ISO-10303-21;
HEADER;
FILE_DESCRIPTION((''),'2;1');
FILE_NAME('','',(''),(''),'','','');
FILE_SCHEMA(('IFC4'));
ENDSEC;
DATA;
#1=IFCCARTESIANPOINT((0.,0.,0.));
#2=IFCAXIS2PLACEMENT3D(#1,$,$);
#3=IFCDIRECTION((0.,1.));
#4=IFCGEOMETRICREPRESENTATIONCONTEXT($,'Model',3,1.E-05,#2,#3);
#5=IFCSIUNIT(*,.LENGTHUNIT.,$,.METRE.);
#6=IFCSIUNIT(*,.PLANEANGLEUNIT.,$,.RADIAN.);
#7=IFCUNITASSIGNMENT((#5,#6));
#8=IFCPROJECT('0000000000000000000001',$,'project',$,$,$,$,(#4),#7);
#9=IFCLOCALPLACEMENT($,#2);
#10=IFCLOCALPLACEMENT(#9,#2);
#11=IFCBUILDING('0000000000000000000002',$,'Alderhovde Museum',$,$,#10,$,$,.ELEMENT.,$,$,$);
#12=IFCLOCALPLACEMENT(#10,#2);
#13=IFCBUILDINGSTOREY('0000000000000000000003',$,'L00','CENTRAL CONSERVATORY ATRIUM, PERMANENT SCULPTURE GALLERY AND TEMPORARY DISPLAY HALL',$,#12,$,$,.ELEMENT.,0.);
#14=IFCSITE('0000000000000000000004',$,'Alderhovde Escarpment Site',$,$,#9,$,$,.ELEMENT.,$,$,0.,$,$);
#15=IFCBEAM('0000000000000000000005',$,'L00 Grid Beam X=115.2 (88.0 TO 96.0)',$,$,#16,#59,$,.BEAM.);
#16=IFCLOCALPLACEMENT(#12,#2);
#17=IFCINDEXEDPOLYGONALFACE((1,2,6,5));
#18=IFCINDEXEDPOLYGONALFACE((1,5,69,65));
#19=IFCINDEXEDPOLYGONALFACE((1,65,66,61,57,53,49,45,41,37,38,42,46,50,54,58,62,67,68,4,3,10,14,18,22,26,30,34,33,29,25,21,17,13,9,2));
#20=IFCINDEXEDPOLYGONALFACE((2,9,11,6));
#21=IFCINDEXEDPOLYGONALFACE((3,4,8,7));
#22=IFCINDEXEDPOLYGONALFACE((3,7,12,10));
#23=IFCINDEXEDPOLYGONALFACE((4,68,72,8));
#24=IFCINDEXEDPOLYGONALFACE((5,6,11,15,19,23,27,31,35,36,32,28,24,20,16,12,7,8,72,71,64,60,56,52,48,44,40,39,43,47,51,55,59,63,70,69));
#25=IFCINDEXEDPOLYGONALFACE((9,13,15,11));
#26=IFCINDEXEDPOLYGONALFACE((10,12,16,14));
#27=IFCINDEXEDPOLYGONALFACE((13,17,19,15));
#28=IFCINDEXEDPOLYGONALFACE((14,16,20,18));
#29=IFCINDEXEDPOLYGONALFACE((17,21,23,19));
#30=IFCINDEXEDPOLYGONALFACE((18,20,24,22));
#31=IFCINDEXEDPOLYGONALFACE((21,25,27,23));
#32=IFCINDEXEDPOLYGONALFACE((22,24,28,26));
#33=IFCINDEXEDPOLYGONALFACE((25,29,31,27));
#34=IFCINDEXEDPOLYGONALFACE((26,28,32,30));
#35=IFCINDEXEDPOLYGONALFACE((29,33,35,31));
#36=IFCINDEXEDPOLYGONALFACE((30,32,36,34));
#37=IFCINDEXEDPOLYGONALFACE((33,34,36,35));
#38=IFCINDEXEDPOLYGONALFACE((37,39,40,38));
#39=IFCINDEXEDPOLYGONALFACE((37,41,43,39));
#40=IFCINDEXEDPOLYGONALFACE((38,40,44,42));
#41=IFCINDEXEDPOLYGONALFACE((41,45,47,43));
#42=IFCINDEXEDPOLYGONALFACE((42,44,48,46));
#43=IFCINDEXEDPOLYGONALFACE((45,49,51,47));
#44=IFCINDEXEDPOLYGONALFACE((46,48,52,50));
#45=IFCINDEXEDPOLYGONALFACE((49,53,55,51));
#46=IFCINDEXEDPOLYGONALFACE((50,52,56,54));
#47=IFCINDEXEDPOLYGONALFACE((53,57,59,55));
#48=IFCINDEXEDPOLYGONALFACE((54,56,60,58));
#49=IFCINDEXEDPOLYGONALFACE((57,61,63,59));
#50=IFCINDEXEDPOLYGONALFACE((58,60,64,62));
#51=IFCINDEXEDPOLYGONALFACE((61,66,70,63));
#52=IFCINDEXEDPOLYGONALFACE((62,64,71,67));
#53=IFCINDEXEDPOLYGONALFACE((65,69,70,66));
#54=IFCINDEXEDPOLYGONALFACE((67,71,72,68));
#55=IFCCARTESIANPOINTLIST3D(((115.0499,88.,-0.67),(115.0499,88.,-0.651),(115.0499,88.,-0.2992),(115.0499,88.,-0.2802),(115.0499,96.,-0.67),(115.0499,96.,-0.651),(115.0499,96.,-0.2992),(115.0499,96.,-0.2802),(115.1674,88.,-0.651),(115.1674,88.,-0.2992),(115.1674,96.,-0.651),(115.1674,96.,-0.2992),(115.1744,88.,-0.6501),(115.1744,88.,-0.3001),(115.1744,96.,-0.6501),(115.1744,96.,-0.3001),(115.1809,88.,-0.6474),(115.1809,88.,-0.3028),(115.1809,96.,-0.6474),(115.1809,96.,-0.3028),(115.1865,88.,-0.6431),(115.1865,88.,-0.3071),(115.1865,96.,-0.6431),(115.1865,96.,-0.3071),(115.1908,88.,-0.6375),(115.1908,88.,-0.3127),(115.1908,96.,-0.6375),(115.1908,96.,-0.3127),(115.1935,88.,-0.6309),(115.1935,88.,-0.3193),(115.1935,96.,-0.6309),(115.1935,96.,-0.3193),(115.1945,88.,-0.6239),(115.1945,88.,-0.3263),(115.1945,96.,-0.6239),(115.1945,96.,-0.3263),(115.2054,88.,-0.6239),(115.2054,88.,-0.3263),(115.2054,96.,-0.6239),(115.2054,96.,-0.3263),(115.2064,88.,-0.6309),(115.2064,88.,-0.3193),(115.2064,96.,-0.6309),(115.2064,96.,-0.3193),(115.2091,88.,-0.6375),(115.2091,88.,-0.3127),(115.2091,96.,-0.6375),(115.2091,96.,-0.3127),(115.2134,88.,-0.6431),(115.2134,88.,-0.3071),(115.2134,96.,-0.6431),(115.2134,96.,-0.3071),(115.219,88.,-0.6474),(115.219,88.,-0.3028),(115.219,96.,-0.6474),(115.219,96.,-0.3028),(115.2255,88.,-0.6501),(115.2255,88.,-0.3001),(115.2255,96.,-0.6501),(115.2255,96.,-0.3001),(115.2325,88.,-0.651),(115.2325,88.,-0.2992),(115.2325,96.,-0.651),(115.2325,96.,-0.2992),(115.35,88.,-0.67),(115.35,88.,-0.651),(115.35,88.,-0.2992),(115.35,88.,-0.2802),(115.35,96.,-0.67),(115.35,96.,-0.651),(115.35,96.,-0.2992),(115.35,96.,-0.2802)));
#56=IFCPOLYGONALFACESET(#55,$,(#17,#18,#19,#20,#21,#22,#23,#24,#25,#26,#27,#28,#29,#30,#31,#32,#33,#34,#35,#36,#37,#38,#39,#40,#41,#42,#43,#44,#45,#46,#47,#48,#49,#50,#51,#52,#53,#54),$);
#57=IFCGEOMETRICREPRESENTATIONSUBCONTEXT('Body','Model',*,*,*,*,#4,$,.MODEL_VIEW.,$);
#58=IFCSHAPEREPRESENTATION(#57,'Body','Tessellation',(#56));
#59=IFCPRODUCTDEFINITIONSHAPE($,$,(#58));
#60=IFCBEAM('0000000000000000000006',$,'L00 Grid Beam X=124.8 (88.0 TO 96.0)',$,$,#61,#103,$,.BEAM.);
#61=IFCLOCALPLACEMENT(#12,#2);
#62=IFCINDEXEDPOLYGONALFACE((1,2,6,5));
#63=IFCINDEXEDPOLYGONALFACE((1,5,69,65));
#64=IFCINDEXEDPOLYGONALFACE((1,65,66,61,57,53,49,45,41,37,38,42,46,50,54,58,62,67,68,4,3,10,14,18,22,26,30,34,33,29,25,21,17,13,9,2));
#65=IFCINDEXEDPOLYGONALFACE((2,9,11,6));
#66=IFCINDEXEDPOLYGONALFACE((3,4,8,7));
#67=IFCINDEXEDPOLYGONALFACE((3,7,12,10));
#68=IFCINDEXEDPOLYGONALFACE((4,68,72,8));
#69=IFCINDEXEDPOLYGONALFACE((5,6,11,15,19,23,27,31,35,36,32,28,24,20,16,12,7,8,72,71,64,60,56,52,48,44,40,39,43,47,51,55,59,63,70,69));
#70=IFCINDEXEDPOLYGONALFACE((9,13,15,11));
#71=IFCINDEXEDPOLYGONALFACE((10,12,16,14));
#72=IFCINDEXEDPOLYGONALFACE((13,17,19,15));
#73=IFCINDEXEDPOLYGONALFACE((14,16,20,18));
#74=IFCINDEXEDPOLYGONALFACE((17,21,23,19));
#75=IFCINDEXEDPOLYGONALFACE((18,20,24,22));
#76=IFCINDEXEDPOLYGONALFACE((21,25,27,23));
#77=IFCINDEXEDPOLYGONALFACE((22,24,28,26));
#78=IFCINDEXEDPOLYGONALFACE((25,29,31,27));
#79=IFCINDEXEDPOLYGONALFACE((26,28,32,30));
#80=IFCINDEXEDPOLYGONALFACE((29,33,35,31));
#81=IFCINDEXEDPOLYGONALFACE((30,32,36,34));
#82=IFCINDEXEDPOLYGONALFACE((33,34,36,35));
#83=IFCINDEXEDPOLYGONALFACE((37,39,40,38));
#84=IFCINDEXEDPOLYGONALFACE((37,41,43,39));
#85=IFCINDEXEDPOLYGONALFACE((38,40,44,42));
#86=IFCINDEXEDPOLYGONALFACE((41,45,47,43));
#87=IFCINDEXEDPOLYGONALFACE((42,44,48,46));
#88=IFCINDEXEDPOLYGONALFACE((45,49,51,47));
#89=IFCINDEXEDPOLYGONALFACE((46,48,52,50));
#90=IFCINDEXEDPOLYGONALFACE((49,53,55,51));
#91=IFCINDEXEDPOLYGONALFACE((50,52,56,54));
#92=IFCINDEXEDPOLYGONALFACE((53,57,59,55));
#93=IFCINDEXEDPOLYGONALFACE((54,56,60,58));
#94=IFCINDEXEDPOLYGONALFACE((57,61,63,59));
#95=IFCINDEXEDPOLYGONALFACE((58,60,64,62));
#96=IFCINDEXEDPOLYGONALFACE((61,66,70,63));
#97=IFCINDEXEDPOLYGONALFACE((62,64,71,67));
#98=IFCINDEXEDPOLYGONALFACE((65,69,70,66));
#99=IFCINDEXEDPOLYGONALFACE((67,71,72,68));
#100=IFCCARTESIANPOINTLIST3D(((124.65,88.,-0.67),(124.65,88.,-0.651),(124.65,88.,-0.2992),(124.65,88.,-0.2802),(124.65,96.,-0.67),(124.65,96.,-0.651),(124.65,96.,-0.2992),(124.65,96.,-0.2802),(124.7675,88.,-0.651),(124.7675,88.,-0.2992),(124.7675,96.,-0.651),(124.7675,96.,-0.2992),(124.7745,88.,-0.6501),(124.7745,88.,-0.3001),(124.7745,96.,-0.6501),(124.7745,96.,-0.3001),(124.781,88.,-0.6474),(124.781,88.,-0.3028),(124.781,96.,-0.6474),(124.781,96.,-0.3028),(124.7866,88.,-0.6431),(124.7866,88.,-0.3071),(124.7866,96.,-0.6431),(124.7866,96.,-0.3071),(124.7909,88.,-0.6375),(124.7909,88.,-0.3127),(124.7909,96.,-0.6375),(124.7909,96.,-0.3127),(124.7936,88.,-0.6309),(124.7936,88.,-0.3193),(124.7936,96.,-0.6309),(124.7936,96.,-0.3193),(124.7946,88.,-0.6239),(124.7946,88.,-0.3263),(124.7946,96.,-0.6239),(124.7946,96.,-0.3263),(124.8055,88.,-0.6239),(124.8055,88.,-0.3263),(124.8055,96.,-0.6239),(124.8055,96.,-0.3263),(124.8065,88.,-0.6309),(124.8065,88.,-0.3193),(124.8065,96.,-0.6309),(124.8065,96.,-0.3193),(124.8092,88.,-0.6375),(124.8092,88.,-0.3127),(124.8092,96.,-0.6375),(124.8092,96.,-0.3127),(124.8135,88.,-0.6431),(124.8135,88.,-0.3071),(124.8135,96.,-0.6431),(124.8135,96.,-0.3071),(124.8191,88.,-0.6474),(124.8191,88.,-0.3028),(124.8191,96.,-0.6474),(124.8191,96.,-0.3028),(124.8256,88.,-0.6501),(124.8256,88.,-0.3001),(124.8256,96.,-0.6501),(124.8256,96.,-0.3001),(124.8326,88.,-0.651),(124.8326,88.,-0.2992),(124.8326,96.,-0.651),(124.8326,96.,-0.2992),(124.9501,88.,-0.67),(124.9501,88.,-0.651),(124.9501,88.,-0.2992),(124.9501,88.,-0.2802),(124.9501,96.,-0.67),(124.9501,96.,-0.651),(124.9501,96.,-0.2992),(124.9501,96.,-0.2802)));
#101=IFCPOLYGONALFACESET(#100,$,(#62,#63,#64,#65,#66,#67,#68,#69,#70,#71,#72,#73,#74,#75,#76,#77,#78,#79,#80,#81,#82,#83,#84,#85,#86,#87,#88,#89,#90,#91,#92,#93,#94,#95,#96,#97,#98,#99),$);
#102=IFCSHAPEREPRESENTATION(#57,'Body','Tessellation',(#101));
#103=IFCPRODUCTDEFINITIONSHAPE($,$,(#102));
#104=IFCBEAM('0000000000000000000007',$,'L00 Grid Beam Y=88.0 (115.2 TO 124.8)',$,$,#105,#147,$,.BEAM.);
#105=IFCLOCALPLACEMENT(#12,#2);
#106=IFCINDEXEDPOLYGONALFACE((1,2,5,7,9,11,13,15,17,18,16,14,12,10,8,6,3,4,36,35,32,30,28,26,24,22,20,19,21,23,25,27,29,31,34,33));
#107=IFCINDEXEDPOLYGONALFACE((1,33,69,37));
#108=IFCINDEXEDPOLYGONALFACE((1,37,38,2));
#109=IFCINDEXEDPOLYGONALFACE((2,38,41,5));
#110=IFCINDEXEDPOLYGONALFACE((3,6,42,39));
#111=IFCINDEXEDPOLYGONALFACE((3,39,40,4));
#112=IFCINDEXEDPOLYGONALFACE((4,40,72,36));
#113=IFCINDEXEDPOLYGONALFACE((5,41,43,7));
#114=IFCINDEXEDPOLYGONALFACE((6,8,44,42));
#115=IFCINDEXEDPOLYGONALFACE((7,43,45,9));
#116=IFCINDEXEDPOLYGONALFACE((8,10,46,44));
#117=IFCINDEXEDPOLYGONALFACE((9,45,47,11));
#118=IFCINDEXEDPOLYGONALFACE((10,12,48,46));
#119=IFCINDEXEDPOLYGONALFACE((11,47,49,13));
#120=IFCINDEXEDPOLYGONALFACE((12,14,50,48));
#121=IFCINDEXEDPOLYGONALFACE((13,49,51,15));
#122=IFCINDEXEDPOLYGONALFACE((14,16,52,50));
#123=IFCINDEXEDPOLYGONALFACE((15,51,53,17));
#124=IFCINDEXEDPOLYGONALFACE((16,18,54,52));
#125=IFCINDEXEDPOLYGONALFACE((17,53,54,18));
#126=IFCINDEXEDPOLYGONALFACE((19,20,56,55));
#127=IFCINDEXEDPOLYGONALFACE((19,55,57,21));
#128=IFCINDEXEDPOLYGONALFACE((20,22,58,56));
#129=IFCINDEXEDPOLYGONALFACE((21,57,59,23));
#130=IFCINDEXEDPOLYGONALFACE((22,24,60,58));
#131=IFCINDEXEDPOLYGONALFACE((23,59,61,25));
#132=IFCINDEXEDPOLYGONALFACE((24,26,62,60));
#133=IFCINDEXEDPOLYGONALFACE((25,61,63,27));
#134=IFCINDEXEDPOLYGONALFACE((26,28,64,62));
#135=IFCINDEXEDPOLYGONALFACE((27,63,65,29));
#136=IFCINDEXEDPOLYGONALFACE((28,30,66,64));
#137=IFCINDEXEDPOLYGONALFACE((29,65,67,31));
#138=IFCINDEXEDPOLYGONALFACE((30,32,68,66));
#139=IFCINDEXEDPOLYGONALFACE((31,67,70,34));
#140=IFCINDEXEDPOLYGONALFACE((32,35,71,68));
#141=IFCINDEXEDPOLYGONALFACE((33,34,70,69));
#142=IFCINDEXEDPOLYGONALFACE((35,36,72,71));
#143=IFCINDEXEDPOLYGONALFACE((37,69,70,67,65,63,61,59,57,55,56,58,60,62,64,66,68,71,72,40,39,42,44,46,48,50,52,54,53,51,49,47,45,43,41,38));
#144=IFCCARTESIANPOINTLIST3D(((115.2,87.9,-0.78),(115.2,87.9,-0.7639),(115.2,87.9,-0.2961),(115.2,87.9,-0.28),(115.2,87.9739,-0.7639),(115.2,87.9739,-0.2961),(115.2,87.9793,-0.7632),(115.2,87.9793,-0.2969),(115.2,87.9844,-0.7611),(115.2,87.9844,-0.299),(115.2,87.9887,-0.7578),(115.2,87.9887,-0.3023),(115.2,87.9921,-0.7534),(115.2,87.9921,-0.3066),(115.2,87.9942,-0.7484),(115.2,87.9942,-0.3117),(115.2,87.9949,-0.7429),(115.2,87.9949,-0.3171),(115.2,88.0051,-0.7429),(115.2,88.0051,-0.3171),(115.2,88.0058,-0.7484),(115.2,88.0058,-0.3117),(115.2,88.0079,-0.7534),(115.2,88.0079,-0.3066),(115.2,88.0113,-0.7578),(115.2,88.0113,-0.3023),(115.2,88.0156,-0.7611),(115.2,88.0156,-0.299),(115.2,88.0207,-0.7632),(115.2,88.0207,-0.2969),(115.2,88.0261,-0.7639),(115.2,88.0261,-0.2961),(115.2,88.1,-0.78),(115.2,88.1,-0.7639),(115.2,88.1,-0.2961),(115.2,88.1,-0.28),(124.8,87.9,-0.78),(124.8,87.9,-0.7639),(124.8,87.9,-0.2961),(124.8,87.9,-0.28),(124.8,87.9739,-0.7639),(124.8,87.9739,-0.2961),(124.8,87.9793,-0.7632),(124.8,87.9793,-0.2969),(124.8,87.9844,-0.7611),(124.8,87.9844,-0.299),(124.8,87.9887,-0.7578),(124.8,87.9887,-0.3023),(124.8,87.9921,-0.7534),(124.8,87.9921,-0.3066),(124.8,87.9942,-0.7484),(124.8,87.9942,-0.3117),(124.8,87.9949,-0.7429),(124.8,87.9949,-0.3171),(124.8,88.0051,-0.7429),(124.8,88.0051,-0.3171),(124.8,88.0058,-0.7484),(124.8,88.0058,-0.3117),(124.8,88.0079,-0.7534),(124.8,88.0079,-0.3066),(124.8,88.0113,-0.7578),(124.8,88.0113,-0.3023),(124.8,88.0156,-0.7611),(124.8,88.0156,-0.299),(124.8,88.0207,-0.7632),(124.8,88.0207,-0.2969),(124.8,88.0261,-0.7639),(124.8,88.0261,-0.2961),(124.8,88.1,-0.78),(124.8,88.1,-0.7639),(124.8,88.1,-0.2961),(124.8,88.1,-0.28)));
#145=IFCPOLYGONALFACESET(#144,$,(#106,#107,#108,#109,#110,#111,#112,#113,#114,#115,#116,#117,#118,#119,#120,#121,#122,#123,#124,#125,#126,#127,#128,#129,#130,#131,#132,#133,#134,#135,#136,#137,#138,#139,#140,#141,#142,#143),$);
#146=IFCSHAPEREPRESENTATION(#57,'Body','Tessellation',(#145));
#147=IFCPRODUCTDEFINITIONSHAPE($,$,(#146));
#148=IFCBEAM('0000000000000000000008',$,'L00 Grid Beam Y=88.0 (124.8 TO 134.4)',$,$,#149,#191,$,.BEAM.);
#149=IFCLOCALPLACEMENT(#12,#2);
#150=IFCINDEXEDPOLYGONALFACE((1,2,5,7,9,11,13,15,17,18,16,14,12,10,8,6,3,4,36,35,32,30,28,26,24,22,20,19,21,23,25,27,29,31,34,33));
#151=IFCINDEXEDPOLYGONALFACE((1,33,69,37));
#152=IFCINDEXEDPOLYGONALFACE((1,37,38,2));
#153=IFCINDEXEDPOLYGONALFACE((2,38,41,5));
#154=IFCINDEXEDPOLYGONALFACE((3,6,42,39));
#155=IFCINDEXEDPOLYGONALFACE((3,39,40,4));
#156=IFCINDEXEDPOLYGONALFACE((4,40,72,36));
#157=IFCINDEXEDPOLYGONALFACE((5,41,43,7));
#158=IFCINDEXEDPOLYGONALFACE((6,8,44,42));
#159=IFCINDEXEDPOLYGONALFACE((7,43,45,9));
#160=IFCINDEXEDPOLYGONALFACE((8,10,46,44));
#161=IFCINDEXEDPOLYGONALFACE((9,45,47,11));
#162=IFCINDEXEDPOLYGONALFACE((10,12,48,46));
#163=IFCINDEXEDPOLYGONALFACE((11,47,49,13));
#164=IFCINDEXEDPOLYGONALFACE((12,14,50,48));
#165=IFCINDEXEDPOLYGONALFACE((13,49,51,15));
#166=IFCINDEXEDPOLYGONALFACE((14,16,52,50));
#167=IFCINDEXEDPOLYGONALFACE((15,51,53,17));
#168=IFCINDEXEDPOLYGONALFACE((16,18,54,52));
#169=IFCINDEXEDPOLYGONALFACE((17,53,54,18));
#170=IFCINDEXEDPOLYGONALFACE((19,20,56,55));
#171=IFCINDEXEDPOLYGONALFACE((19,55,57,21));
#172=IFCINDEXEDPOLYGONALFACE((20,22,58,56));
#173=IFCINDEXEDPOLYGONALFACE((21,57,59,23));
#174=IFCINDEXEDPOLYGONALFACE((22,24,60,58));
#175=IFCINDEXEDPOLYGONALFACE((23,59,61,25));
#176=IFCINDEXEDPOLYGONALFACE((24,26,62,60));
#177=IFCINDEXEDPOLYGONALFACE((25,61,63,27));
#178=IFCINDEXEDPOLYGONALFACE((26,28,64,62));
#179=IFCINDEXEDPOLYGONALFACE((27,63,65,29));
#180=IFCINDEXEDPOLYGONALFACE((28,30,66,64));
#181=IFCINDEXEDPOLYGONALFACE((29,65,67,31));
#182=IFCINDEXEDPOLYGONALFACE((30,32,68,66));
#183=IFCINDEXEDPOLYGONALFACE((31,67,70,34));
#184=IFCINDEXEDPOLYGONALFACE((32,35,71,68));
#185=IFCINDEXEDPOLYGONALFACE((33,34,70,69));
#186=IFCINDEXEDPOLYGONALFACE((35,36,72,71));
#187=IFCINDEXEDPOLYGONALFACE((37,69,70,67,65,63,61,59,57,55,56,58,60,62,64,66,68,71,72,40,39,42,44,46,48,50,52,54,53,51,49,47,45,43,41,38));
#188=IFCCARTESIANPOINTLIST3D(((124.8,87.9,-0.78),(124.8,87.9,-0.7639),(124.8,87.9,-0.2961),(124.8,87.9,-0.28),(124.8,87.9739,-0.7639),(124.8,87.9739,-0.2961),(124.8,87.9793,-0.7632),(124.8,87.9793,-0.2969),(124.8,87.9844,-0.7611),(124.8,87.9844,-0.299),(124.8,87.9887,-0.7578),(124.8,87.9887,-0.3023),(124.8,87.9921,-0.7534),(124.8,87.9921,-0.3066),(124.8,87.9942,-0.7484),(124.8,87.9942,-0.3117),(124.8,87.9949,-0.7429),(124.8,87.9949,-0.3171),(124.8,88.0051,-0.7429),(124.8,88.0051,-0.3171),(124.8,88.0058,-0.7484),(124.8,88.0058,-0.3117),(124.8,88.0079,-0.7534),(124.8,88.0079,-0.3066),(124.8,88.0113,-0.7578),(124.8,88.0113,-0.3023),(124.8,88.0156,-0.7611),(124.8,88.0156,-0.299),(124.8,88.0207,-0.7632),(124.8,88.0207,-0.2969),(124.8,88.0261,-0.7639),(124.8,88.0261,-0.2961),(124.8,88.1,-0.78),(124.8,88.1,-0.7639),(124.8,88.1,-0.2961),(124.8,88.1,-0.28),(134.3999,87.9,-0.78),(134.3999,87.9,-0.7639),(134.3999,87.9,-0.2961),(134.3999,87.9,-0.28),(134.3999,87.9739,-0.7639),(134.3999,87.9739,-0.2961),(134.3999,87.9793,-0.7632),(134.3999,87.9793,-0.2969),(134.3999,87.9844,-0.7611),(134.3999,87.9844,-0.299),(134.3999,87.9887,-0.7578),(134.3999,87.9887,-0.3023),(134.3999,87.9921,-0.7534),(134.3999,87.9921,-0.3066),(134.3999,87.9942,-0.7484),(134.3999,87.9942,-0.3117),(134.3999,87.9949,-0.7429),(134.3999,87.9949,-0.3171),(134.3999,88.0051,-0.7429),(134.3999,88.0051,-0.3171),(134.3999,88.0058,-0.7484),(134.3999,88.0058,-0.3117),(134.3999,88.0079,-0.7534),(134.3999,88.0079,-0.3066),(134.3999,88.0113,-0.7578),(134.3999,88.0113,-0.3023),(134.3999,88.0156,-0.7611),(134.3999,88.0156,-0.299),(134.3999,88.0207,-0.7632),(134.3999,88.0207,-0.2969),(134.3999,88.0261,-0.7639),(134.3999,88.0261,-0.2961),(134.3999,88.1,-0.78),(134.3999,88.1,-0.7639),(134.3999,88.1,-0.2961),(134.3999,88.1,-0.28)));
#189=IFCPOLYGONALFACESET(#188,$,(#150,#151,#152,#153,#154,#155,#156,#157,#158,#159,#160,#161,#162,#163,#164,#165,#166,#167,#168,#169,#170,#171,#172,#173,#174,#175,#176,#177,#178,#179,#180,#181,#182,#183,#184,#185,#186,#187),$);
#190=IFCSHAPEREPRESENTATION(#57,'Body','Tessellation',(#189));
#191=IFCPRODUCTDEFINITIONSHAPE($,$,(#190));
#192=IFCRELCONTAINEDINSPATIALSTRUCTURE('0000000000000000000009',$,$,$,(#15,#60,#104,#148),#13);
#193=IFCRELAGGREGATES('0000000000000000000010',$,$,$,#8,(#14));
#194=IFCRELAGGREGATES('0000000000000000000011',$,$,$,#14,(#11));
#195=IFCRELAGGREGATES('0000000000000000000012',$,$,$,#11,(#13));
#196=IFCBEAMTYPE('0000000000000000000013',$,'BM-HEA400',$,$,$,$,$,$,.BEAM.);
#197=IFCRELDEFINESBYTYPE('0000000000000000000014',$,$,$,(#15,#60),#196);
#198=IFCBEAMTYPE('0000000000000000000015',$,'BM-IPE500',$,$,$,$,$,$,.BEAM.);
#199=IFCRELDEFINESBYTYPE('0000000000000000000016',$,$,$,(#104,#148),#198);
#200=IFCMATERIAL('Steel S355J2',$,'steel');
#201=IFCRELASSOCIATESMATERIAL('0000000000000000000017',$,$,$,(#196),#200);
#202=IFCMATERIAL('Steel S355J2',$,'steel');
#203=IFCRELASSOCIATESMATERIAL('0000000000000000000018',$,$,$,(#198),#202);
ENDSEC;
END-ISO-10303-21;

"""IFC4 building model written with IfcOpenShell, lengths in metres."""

from ifc_helpers import new_model, si_unit, direction, frame, origin, origin_2d, place, context, subcontext, project, spatial, i_section, extrude, material, material_profile, profile_set, type_object, element, save


model = new_model("IFC4")

# Units and contexts
model_context = context("Model", 3, precision=1e-05, world=origin(), true_north=direction((0.0, 1.0)))
body_context = subcontext(model_context, "Body", "Model", "MODEL_VIEW")
ifc_project = project(units=[si_unit("LENGTHUNIT", "METRE"), si_unit("PLANEANGLEUNIT", "RADIAN")], contexts=[model_context])

# Site, building, storey
site_placement = place(None, origin())
site = spatial("IfcSite", under=ifc_project, at=site_placement, Name="Alderhovde Escarpment Site", CompositionType="ELEMENT", RefElevation=0.0)
building_placement = place(site_placement, origin())
building = spatial("IfcBuilding", under=site, at=building_placement, Name="Alderhovde Museum", CompositionType="ELEMENT")
storey_placement = place(building_placement, origin())
storey = spatial("IfcBuildingStorey", under=building, at=storey_placement, Name="L00", Description="CENTRAL CONSERVATORY ATRIUM, PERMANENT SCULPTURE GALLERY AND TEMPORARY DISPLAY HALL", CompositionType="ELEMENT", Elevation=0.0)

# Beams
ifc_material_1 = material(Name="Steel S355J2", Category="steel")
ifc_material_profile_1 = material_profile(ifc_material_1, i_section(OverallWidth=0.3, OverallDepth=0.3899, WebThickness=0.011, FlangeThickness=0.019, FilletRadius=0.0271, at=origin_2d()), Name="HEA 400")
ifc_profile_set_1 = profile_set([ifc_material_profile_1], Name="Steel S355J2")
beam_type_1 = type_object("IfcBeamType", Name="BM-HEA400", PredefinedType="BEAM", material=ifc_profile_set_1)
for number, where, z_axis, x_axis, name in (
    (1, (115.2, 88.0, -0.4751), (0.0, 1.0, 0.0), (-1.0, 0.0, 0.0), "L00 Grid Beam X=115.2 (88.0 TO 96.0)"),
    (2, (124.8, 88.0, -0.4751), (0.0, 1.0, 0.0), (-1.0, 0.0, 0.0), "L00 Grid Beam X=124.8 (88.0 TO 96.0)"),
):
    element("IfcBeam", number, at=place(storey_placement, frame(where, z_axis=z_axis, x_axis=x_axis)), inside=storey, type_object=beam_type_1, Name=name, PredefinedType="BEAM", context=body_context, shape_type="SweptSolid", body=[
        extrude(i_section(OverallWidth=0.3, OverallDepth=0.3899, WebThickness=0.011, FlangeThickness=0.019, FilletRadius=0.0271, at=origin_2d()), origin(), (0.0, 0.0, 1.0), 8.0),
    ])
ifc_material_2 = material(Name="Steel S355J2", Category="steel")
ifc_material_profile_2 = material_profile(ifc_material_2, i_section(OverallWidth=0.2, OverallDepth=0.5, WebThickness=0.0103, FlangeThickness=0.0161, FilletRadius=0.021, at=origin_2d()), Name="IPE 500")
ifc_profile_set_2 = profile_set([ifc_material_profile_2], Name="Steel S355J2")
beam_type_2 = type_object("IfcBeamType", Name="BM-IPE500", PredefinedType="BEAM", material=ifc_profile_set_2)
beam_1_placement = place(storey_placement, frame((115.2, 88.0, -0.53), z_axis=(1.0, 0.0, 0.0), x_axis=(0.0, 1.0, 0.0)))
element("IfcBeam", 3, at=beam_1_placement, inside=storey, type_object=beam_type_2, Name="L00 Grid Beam Y=88.0 (115.2 TO 124.8)", PredefinedType="BEAM", context=body_context, shape_type="SweptSolid", body=[
    extrude(i_section(OverallWidth=0.2, OverallDepth=0.5, WebThickness=0.0103, FlangeThickness=0.0161, FilletRadius=0.021, at=origin_2d()), origin(), (0.0, 0.0, 1.0), 9.6001),
])
beam_2_placement = place(storey_placement, frame((124.8, 88.0, -0.53), z_axis=(1.0, 0.0, 0.0), x_axis=(0.0, 1.0, 0.0)))
element("IfcBeam", 4, at=beam_2_placement, inside=storey, type_object=beam_type_2, Name="L00 Grid Beam Y=88.0 (124.8 TO 134.4)", PredefinedType="BEAM", context=body_context, shape_type="SweptSolid", body=[
    extrude(i_section(OverallWidth=0.2, OverallDepth=0.5, WebThickness=0.0103, FlangeThickness=0.0161, FilletRadius=0.021, at=origin_2d()), origin(), (0.0, 0.0, 1.0), 9.5999),
])

save(model, "model.ifc")
